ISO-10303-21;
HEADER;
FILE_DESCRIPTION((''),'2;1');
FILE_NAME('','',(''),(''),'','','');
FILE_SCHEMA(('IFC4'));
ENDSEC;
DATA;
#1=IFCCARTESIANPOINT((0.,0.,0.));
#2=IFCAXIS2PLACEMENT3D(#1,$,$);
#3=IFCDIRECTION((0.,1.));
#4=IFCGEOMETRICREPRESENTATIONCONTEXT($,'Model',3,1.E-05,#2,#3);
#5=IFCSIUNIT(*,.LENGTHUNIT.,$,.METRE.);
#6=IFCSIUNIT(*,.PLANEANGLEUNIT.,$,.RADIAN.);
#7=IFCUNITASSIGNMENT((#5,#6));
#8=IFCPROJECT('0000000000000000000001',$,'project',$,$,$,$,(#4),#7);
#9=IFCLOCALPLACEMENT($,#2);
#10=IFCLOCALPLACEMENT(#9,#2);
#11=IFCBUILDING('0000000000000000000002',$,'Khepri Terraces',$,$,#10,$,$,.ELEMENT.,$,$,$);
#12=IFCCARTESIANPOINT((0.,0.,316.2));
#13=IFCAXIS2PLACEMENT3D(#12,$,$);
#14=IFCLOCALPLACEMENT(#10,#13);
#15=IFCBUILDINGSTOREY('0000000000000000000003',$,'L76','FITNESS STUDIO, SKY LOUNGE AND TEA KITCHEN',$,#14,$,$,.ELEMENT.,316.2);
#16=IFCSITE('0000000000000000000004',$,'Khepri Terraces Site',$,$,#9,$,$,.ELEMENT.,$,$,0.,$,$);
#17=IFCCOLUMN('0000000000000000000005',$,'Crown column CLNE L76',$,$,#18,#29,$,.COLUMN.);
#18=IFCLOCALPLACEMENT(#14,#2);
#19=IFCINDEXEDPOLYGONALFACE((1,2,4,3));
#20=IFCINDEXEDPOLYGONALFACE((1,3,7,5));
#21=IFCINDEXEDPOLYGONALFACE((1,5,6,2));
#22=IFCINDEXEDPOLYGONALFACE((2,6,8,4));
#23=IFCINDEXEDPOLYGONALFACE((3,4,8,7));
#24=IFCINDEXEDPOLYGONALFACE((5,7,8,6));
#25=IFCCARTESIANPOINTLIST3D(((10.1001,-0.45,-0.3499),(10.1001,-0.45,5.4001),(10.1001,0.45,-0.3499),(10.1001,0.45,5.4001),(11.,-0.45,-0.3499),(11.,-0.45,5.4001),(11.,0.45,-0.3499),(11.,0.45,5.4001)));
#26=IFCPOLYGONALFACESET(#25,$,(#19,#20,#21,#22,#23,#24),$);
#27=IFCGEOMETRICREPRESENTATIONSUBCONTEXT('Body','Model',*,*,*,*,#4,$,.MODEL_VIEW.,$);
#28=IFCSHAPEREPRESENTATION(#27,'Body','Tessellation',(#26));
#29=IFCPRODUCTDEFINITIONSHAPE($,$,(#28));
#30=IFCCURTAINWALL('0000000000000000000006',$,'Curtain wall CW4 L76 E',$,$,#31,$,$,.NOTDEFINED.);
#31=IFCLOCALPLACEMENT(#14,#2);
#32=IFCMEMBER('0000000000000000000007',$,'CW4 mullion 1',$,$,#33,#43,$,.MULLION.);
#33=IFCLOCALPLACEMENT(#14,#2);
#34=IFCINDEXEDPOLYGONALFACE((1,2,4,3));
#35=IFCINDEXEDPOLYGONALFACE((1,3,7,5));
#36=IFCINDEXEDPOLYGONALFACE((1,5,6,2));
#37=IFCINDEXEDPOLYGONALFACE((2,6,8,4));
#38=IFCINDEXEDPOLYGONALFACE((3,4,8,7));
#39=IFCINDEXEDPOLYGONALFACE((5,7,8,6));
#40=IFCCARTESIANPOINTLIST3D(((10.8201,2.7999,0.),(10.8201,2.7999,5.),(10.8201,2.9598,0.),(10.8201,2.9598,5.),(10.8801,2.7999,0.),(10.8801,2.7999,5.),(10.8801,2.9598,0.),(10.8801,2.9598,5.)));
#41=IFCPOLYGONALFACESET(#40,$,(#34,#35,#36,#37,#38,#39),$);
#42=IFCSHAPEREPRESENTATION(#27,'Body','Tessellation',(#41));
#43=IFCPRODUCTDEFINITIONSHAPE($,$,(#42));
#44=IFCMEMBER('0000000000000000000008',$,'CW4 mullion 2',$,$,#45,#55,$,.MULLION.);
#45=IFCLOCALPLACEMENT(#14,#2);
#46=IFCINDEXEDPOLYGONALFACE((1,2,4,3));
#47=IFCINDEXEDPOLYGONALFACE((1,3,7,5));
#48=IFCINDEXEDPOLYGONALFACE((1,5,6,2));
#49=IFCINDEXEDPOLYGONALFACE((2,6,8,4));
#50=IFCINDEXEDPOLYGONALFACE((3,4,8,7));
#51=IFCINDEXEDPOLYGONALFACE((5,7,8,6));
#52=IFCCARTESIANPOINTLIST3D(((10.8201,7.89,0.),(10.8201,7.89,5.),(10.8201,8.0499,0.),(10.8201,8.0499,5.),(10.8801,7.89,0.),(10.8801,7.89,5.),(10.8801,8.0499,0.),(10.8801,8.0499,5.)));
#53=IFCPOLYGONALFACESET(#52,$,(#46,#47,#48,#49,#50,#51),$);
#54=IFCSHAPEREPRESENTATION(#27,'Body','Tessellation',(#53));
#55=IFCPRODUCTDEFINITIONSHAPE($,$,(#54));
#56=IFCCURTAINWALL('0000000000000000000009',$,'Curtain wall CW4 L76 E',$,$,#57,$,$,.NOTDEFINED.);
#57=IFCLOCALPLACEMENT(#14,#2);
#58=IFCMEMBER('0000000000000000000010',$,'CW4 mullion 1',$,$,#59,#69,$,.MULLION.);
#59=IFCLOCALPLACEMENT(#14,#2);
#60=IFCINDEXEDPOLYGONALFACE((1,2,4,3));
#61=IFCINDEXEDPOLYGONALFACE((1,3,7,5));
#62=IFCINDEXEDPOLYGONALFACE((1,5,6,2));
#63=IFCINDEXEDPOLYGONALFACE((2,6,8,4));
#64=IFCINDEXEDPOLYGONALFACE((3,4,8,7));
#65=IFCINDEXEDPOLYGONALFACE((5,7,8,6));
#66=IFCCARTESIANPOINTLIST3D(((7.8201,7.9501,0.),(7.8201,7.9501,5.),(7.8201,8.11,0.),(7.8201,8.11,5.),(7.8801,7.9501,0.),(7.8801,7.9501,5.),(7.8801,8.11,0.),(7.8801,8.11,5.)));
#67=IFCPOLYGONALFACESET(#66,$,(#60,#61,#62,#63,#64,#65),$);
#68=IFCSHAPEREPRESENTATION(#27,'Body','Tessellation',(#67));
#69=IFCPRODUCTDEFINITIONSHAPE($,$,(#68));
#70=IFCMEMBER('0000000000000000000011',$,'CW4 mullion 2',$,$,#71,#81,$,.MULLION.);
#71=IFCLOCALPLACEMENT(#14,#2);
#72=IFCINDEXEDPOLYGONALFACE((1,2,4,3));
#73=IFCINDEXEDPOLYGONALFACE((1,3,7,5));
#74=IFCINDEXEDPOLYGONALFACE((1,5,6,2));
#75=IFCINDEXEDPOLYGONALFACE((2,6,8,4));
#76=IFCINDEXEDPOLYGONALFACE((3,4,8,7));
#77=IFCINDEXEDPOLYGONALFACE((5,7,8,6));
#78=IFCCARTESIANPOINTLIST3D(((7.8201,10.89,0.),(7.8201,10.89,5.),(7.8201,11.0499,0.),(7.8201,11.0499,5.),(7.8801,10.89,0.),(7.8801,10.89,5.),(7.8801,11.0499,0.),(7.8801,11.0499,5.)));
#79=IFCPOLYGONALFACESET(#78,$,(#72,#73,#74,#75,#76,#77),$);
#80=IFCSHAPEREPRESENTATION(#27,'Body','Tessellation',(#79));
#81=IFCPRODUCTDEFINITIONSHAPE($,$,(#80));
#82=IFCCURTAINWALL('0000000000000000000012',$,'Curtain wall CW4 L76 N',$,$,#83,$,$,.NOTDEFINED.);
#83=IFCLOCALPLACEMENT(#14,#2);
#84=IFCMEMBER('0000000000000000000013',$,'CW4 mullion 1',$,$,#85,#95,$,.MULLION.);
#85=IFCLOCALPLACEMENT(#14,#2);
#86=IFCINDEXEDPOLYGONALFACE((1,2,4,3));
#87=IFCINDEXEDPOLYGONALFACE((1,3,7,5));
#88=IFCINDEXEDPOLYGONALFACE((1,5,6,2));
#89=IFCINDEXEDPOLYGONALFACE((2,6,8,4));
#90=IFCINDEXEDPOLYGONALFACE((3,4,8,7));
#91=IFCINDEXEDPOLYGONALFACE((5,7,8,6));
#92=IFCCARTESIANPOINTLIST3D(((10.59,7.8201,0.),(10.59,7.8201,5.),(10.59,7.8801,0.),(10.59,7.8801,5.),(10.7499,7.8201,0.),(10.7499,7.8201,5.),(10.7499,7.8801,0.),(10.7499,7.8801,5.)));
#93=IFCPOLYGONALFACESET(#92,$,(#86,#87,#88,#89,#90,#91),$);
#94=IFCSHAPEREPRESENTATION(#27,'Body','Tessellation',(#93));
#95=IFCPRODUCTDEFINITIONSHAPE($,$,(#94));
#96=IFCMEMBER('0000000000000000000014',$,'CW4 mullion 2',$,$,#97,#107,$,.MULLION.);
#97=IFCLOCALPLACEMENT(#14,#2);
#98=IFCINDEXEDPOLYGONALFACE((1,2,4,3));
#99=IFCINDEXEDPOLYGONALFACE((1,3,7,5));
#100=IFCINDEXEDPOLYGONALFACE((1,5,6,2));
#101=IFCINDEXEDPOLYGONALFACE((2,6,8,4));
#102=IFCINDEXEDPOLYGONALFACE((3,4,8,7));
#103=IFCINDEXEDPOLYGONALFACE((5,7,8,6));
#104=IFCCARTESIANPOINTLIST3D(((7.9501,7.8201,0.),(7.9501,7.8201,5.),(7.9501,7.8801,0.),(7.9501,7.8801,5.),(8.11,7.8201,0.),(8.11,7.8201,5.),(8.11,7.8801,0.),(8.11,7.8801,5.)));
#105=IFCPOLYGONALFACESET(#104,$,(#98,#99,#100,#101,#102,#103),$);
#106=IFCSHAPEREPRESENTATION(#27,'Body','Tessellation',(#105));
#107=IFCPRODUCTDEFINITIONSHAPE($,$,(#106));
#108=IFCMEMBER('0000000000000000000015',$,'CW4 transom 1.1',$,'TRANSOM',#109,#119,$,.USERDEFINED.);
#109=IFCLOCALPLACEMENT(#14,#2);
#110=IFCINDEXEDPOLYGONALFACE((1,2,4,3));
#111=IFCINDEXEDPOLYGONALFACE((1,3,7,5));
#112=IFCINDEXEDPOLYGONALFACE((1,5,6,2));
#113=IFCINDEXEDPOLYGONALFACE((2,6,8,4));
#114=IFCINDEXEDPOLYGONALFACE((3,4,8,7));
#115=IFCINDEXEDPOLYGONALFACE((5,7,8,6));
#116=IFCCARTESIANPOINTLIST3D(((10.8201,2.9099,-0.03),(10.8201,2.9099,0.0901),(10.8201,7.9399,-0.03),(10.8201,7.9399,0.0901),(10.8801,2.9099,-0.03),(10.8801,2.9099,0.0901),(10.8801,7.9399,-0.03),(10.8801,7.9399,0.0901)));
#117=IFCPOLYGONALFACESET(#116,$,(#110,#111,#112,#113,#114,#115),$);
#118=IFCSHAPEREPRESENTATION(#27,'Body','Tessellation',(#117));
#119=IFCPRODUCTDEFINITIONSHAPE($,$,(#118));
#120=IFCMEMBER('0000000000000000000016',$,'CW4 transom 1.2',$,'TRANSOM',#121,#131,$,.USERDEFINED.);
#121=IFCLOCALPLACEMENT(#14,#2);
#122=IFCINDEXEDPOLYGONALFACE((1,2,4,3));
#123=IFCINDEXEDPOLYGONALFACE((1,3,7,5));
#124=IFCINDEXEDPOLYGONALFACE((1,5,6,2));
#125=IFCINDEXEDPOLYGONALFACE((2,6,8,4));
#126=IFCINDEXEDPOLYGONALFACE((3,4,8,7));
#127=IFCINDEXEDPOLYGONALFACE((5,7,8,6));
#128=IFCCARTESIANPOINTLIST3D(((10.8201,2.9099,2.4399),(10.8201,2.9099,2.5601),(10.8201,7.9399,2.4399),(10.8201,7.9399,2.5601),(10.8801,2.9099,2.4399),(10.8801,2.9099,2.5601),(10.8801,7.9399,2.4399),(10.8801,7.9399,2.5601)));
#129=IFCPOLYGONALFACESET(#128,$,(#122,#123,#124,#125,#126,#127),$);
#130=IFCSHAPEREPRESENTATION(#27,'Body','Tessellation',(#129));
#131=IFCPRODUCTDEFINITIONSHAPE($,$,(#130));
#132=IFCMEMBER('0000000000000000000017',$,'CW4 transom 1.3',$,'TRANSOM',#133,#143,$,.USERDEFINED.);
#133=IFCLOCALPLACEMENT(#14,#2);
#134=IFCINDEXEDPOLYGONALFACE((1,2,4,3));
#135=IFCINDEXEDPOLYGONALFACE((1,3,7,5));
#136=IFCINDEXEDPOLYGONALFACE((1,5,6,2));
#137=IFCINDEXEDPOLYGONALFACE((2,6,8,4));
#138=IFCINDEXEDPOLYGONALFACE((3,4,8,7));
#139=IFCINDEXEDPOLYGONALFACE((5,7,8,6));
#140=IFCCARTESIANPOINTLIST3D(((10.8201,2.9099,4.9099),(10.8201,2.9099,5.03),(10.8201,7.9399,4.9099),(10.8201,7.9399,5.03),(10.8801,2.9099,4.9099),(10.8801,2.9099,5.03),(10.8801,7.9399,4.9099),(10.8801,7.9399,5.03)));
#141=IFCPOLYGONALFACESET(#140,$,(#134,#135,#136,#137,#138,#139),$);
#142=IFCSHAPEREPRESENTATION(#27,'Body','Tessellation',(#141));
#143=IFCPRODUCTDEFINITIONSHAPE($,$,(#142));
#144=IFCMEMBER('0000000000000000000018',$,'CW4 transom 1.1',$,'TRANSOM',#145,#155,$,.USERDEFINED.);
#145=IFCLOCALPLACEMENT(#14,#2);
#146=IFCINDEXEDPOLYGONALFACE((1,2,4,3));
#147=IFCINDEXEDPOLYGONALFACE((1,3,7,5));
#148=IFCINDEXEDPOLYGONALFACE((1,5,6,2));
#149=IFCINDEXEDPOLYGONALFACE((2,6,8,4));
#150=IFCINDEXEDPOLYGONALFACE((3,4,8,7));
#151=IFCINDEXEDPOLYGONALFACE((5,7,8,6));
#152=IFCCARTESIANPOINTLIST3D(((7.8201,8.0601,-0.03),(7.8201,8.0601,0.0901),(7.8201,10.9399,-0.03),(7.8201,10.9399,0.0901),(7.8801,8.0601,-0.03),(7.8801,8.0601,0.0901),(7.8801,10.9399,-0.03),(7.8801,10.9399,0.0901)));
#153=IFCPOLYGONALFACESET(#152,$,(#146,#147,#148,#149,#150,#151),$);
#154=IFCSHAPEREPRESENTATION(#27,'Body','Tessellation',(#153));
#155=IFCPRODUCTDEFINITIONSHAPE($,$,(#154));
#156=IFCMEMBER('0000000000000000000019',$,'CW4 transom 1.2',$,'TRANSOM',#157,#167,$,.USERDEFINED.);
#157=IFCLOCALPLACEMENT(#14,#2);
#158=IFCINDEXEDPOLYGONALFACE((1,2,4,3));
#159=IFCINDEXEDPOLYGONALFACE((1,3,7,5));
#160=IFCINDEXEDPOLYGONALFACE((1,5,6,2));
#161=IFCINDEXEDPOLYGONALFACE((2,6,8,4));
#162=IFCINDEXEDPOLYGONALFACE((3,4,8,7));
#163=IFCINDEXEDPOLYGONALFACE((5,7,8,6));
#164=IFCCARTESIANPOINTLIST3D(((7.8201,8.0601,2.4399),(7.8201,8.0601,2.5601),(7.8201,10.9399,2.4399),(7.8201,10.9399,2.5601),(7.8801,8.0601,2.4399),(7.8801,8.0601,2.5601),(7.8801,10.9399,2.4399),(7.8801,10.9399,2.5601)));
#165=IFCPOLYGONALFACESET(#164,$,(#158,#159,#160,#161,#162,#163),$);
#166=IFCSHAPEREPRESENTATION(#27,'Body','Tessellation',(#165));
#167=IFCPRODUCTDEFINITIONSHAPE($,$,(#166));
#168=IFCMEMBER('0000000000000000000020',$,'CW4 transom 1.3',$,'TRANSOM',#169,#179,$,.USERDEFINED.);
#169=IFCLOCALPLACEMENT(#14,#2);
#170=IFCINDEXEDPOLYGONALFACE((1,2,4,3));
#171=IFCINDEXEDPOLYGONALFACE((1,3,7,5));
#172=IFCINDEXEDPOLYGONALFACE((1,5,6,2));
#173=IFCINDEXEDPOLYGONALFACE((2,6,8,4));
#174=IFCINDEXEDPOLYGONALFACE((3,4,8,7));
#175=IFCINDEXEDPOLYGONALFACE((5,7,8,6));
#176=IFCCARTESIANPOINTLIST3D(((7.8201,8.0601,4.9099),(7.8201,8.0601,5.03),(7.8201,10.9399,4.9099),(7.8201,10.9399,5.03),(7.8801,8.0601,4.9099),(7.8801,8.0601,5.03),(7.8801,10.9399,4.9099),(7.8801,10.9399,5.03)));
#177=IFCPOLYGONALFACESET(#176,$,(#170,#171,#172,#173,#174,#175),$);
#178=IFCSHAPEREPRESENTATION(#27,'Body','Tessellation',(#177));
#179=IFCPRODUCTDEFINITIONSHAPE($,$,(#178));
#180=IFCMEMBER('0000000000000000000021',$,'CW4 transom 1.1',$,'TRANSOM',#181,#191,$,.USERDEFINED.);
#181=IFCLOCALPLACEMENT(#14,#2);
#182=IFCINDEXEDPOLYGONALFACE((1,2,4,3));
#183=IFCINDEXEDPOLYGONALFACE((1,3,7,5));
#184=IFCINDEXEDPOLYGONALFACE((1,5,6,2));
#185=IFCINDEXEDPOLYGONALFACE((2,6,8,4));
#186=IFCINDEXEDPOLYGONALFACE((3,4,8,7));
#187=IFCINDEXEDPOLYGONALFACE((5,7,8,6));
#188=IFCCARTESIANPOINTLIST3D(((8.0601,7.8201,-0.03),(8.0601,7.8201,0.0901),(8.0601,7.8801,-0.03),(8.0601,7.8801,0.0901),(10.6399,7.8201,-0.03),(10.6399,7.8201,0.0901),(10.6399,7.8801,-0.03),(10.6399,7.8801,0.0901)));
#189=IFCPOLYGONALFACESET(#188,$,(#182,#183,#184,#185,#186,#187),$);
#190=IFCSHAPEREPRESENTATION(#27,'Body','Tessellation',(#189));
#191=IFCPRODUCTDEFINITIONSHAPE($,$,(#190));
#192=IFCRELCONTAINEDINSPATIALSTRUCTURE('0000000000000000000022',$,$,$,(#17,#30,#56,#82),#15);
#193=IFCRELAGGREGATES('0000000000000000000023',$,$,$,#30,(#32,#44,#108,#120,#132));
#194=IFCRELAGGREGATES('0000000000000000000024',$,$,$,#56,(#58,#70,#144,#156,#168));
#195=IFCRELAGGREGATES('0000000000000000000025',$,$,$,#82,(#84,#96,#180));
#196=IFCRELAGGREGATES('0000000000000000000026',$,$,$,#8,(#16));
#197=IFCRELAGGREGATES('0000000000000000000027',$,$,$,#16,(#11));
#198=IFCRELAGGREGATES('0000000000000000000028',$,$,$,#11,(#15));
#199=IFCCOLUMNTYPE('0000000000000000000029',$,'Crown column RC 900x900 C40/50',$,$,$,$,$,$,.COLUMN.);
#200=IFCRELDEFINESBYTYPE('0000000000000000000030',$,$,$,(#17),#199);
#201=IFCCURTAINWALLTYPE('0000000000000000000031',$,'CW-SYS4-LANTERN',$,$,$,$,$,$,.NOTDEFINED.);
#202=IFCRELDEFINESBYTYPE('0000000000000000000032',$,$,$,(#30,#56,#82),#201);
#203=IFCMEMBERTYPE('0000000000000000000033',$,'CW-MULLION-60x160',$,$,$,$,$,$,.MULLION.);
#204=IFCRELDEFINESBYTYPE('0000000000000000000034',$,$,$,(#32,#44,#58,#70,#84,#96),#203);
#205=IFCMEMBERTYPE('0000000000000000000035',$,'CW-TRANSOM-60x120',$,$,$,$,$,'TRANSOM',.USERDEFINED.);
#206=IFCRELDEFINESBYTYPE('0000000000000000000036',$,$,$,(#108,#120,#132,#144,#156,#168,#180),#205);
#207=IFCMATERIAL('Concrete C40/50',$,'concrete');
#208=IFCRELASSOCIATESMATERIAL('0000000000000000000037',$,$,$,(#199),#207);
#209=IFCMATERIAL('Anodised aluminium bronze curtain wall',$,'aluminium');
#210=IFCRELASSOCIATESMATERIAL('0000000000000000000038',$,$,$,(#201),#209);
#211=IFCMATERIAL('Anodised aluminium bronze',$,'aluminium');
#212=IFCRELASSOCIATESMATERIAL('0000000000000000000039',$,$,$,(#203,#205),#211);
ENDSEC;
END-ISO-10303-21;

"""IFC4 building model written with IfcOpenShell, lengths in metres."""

from ifc_helpers import new_model, si_unit, direction, frame, origin, origin_2d, place, context, subcontext, project, spatial, rectangle, extrude, material, material_profile, profile_set, type_object, element, aggregate, save


model = new_model("IFC4")

# Units and contexts
model_context = context("Model", 3, precision=1e-05, world=origin(), true_north=direction((0.0, 1.0)))
body_context = subcontext(model_context, "Body", "Model", "MODEL_VIEW")
ifc_project = project(units=[si_unit("LENGTHUNIT", "METRE"), si_unit("PLANEANGLEUNIT", "RADIAN")], contexts=[model_context])

# Site, building, storey
site_placement = place(None, origin())
site = spatial("IfcSite", under=ifc_project, at=site_placement, Name="Khepri Terraces Site", CompositionType="ELEMENT", RefElevation=0.0)
building_placement = place(site_placement, origin())
building = spatial("IfcBuilding", under=site, at=building_placement, Name="Khepri Terraces", CompositionType="ELEMENT")
storey_placement = place(building_placement, frame((0.0, 0.0, 316.2)))
storey = spatial("IfcBuildingStorey", under=building, at=storey_placement, Name="L76", Description="FITNESS STUDIO, SKY LOUNGE AND TEA KITCHEN", CompositionType="ELEMENT", Elevation=316.2)

# Column
ifc_material_1 = material(Name="Concrete C40/50", Category="concrete")
ifc_material_profile_1 = material_profile(ifc_material_1, rectangle(XDim=0.8999, YDim=0.8999, at=origin_2d()), Name="Concrete C40/50", Category="concrete")
ifc_profile_set_1 = profile_set([ifc_material_profile_1], Name="Concrete C40/50")
column_type = type_object("IfcColumnType", Name="Crown column RC 900x900 C40/50", PredefinedType="COLUMN", material=ifc_profile_set_1)
column_placement = place(storey_placement, frame((10.55, 0.0, -0.3499), z_axis=(0.0, 0.0, 1.0), x_axis=(1.0, 0.0, 0.0)))
element("IfcColumn", 1, at=column_placement, inside=storey, type_object=column_type, Name="Crown column CLNE L76", PredefinedType="COLUMN", context=body_context, shape_type="SweptSolid", body=[
    extrude(rectangle(XDim=0.8999, YDim=0.8999, at=origin_2d()), origin(), (0.0, 0.0, 1.0), 5.75),
])

# Curtain walls, members
ifc_material_2 = material(Name="Anodised aluminium bronze curtain wall", Category="aluminium")
curtain_wall_type = type_object("IfcCurtainWallType", Name="CW-SYS4-LANTERN", PredefinedType="NOTDEFINED", material=ifc_material_2)
curtain_wall_1_placement = place(storey_placement, origin())
curtain_wall_1 = element("IfcCurtainWall", 2, at=curtain_wall_1_placement, inside=storey, type_object=curtain_wall_type, Name="Curtain wall CW4 L76 E", PredefinedType="NOTDEFINED")
ifc_material_3 = material(Name="Anodised aluminium bronze", Category="aluminium")
ifc_material_profile_2 = material_profile(ifc_material_3, rectangle(XDim=0.0601, YDim=0.1599, at=origin_2d()), Name="Anodised aluminium bronze", Category="aluminium")
ifc_profile_set_2 = profile_set([ifc_material_profile_2], Name="Anodised aluminium bronze")
member_type_1 = type_object("IfcMemberType", Name="CW-MULLION-60x160", PredefinedType="MULLION", material=ifc_profile_set_2)
member_1_placement = place(storey_placement, frame((10.8501, 2.8799, 0.0), z_axis=(0.0, 0.0, 1.0), x_axis=(-1.0, 0.0, 0.0)))
member_1 = element("IfcMember", 3, at=member_1_placement, type_object=member_type_1, Name="CW4 mullion 1", PredefinedType="MULLION", context=body_context, shape_type="SweptSolid", body=[
    extrude(rectangle(XDim=0.0601, YDim=0.1599, at=origin_2d()), origin(), (0.0, 0.0, 1.0), 5.0),
])
member_2_placement = place(storey_placement, frame((10.8501, 7.97, 0.0), z_axis=(0.0, 0.0, 1.0), x_axis=(-1.0, 0.0, 0.0)))
member_2 = element("IfcMember", 4, at=member_2_placement, type_object=member_type_1, Name="CW4 mullion 2", PredefinedType="MULLION", context=body_context, shape_type="SweptSolid", body=[
    extrude(rectangle(XDim=0.0601, YDim=0.1599, at=origin_2d()), origin(), (0.0, 0.0, 1.0), 5.0),
])
curtain_wall_2_placement = place(storey_placement, origin())
curtain_wall_2 = element("IfcCurtainWall", 5, at=curtain_wall_2_placement, inside=storey, type_object=curtain_wall_type, Name="Curtain wall CW4 L76 E", PredefinedType="NOTDEFINED")
member_3_placement = place(storey_placement, frame((7.8501, 8.03, 0.0), z_axis=(0.0, 0.0, 1.0), x_axis=(-1.0, 0.0, 0.0)))
member_3 = element("IfcMember", 6, at=member_3_placement, type_object=member_type_1, Name="CW4 mullion 1", PredefinedType="MULLION", context=body_context, shape_type="SweptSolid", body=[
    extrude(rectangle(XDim=0.0601, YDim=0.1599, at=origin_2d()), origin(), (0.0, 0.0, 1.0), 5.0),
])
member_4_placement = place(storey_placement, frame((7.8501, 10.97, 0.0), z_axis=(0.0, 0.0, 1.0), x_axis=(-1.0, 0.0, 0.0)))
member_4 = element("IfcMember", 7, at=member_4_placement, type_object=member_type_1, Name="CW4 mullion 2", PredefinedType="MULLION", context=body_context, shape_type="SweptSolid", body=[
    extrude(rectangle(XDim=0.0601, YDim=0.1599, at=origin_2d()), origin(), (0.0, 0.0, 1.0), 5.0),
])
curtain_wall_3_placement = place(storey_placement, origin())
curtain_wall_3 = element("IfcCurtainWall", 8, at=curtain_wall_3_placement, inside=storey, type_object=curtain_wall_type, Name="Curtain wall CW4 L76 N", PredefinedType="NOTDEFINED")
member_5_placement = place(storey_placement, frame((10.6699, 7.8501, 0.0), z_axis=(0.0, 0.0, 1.0), x_axis=(0.0, -1.0, 0.0)))
member_5 = element("IfcMember", 9, at=member_5_placement, type_object=member_type_1, Name="CW4 mullion 1", PredefinedType="MULLION", context=body_context, shape_type="SweptSolid", body=[
    extrude(rectangle(XDim=0.0601, YDim=0.1599, at=origin_2d()), origin(), (0.0, 0.0, 1.0), 5.0),
])
member_6_placement = place(storey_placement, frame((8.03, 7.8501, 0.0), z_axis=(0.0, 0.0, 1.0), x_axis=(0.0, -1.0, 0.0)))
member_6 = element("IfcMember", 10, at=member_6_placement, type_object=member_type_1, Name="CW4 mullion 2", PredefinedType="MULLION", context=body_context, shape_type="SweptSolid", body=[
    extrude(rectangle(XDim=0.0601, YDim=0.1599, at=origin_2d()), origin(), (0.0, 0.0, 1.0), 5.0),
])

# Members
ifc_material_profile_3 = material_profile(ifc_material_3, rectangle(XDim=0.0601, YDim=0.1201, at=origin_2d()), Name="Anodised aluminium bronze", Category="aluminium")
ifc_profile_set_3 = profile_set([ifc_material_profile_3], Name="Anodised aluminium bronze")
member_type_2 = type_object("IfcMemberType", Name="CW-TRANSOM-60x120", ElementType="TRANSOM", PredefinedType="USERDEFINED", material=ifc_profile_set_3)
member_7_placement = place(storey_placement, frame((10.8501, 2.9099, 0.03), z_axis=(0.0, 1.0, 0.0), x_axis=(-1.0, 0.0, 0.0)))
member_7 = element("IfcMember", 11, at=member_7_placement, type_object=member_type_2, Name="CW4 transom 1.1", ObjectType="TRANSOM", PredefinedType="USERDEFINED", context=body_context, shape_type="SweptSolid", body=[
    extrude(rectangle(XDim=0.0601, YDim=0.1201, at=origin_2d()), origin(), (0.0, 0.0, 1.0), 5.03),
])
member_8_placement = place(storey_placement, frame((10.8501, 2.9099, 2.5), z_axis=(0.0, 1.0, 0.0), x_axis=(-1.0, 0.0, 0.0)))
member_8 = element("IfcMember", 12, at=member_8_placement, type_object=member_type_2, Name="CW4 transom 1.2", ObjectType="TRANSOM", PredefinedType="USERDEFINED", context=body_context, shape_type="SweptSolid", body=[
    extrude(rectangle(XDim=0.0601, YDim=0.1201, at=origin_2d()), origin(), (0.0, 0.0, 1.0), 5.03),
])
member_9_placement = place(storey_placement, frame((10.8501, 2.9099, 4.97), z_axis=(0.0, 1.0, 0.0), x_axis=(-1.0, 0.0, 0.0)))
member_9 = element("IfcMember", 13, at=member_9_placement, type_object=member_type_2, Name="CW4 transom 1.3", ObjectType="TRANSOM", PredefinedType="USERDEFINED", context=body_context, shape_type="SweptSolid", body=[
    extrude(rectangle(XDim=0.0601, YDim=0.1201, at=origin_2d()), origin(), (0.0, 0.0, 1.0), 5.03),
])
member_10_placement = place(storey_placement, frame((7.8501, 8.0601, 0.03), z_axis=(0.0, 1.0, 0.0), x_axis=(-1.0, 0.0, 0.0)))
member_10 = element("IfcMember", 14, at=member_10_placement, type_object=member_type_2, Name="CW4 transom 1.1", ObjectType="TRANSOM", PredefinedType="USERDEFINED", context=body_context, shape_type="SweptSolid", body=[
    extrude(rectangle(XDim=0.0601, YDim=0.1201, at=origin_2d()), origin(), (0.0, 0.0, 1.0), 2.8799),
])
member_11_placement = place(storey_placement, frame((7.8501, 8.0601, 2.5), z_axis=(0.0, 1.0, 0.0), x_axis=(-1.0, 0.0, 0.0)))
member_11 = element("IfcMember", 15, at=member_11_placement, type_object=member_type_2, Name="CW4 transom 1.2", ObjectType="TRANSOM", PredefinedType="USERDEFINED", context=body_context, shape_type="SweptSolid", body=[
    extrude(rectangle(XDim=0.0601, YDim=0.1201, at=origin_2d()), origin(), (0.0, 0.0, 1.0), 2.8799),
])
member_12_placement = place(storey_placement, frame((7.8501, 8.0601, 4.97), z_axis=(0.0, 1.0, 0.0), x_axis=(-1.0, 0.0, 0.0)))
member_12 = element("IfcMember", 16, at=member_12_placement, type_object=member_type_2, Name="CW4 transom 1.3", ObjectType="TRANSOM", PredefinedType="USERDEFINED", context=body_context, shape_type="SweptSolid", body=[
    extrude(rectangle(XDim=0.0601, YDim=0.1201, at=origin_2d()), origin(), (0.0, 0.0, 1.0), 2.8799),
])
member_13_placement = place(storey_placement, frame((10.6399, 7.8501, 0.03), z_axis=(-1.0, 0.0, 0.0), x_axis=(0.0, -1.0, 0.0)))
member_13 = element("IfcMember", 17, at=member_13_placement, type_object=member_type_2, Name="CW4 transom 1.1", ObjectType="TRANSOM", PredefinedType="USERDEFINED", context=body_context, shape_type="SweptSolid", body=[
    extrude(rectangle(XDim=0.0601, YDim=0.1201, at=origin_2d()), origin(), (0.0, 0.0, 1.0), 2.5798),
])

aggregate(curtain_wall_1, [member_1, member_2, member_7, member_8, member_9])
aggregate(curtain_wall_2, [member_3, member_4, member_10, member_11, member_12])
aggregate(curtain_wall_3, [member_5, member_6, member_13])

save(model, "model.ifc")
